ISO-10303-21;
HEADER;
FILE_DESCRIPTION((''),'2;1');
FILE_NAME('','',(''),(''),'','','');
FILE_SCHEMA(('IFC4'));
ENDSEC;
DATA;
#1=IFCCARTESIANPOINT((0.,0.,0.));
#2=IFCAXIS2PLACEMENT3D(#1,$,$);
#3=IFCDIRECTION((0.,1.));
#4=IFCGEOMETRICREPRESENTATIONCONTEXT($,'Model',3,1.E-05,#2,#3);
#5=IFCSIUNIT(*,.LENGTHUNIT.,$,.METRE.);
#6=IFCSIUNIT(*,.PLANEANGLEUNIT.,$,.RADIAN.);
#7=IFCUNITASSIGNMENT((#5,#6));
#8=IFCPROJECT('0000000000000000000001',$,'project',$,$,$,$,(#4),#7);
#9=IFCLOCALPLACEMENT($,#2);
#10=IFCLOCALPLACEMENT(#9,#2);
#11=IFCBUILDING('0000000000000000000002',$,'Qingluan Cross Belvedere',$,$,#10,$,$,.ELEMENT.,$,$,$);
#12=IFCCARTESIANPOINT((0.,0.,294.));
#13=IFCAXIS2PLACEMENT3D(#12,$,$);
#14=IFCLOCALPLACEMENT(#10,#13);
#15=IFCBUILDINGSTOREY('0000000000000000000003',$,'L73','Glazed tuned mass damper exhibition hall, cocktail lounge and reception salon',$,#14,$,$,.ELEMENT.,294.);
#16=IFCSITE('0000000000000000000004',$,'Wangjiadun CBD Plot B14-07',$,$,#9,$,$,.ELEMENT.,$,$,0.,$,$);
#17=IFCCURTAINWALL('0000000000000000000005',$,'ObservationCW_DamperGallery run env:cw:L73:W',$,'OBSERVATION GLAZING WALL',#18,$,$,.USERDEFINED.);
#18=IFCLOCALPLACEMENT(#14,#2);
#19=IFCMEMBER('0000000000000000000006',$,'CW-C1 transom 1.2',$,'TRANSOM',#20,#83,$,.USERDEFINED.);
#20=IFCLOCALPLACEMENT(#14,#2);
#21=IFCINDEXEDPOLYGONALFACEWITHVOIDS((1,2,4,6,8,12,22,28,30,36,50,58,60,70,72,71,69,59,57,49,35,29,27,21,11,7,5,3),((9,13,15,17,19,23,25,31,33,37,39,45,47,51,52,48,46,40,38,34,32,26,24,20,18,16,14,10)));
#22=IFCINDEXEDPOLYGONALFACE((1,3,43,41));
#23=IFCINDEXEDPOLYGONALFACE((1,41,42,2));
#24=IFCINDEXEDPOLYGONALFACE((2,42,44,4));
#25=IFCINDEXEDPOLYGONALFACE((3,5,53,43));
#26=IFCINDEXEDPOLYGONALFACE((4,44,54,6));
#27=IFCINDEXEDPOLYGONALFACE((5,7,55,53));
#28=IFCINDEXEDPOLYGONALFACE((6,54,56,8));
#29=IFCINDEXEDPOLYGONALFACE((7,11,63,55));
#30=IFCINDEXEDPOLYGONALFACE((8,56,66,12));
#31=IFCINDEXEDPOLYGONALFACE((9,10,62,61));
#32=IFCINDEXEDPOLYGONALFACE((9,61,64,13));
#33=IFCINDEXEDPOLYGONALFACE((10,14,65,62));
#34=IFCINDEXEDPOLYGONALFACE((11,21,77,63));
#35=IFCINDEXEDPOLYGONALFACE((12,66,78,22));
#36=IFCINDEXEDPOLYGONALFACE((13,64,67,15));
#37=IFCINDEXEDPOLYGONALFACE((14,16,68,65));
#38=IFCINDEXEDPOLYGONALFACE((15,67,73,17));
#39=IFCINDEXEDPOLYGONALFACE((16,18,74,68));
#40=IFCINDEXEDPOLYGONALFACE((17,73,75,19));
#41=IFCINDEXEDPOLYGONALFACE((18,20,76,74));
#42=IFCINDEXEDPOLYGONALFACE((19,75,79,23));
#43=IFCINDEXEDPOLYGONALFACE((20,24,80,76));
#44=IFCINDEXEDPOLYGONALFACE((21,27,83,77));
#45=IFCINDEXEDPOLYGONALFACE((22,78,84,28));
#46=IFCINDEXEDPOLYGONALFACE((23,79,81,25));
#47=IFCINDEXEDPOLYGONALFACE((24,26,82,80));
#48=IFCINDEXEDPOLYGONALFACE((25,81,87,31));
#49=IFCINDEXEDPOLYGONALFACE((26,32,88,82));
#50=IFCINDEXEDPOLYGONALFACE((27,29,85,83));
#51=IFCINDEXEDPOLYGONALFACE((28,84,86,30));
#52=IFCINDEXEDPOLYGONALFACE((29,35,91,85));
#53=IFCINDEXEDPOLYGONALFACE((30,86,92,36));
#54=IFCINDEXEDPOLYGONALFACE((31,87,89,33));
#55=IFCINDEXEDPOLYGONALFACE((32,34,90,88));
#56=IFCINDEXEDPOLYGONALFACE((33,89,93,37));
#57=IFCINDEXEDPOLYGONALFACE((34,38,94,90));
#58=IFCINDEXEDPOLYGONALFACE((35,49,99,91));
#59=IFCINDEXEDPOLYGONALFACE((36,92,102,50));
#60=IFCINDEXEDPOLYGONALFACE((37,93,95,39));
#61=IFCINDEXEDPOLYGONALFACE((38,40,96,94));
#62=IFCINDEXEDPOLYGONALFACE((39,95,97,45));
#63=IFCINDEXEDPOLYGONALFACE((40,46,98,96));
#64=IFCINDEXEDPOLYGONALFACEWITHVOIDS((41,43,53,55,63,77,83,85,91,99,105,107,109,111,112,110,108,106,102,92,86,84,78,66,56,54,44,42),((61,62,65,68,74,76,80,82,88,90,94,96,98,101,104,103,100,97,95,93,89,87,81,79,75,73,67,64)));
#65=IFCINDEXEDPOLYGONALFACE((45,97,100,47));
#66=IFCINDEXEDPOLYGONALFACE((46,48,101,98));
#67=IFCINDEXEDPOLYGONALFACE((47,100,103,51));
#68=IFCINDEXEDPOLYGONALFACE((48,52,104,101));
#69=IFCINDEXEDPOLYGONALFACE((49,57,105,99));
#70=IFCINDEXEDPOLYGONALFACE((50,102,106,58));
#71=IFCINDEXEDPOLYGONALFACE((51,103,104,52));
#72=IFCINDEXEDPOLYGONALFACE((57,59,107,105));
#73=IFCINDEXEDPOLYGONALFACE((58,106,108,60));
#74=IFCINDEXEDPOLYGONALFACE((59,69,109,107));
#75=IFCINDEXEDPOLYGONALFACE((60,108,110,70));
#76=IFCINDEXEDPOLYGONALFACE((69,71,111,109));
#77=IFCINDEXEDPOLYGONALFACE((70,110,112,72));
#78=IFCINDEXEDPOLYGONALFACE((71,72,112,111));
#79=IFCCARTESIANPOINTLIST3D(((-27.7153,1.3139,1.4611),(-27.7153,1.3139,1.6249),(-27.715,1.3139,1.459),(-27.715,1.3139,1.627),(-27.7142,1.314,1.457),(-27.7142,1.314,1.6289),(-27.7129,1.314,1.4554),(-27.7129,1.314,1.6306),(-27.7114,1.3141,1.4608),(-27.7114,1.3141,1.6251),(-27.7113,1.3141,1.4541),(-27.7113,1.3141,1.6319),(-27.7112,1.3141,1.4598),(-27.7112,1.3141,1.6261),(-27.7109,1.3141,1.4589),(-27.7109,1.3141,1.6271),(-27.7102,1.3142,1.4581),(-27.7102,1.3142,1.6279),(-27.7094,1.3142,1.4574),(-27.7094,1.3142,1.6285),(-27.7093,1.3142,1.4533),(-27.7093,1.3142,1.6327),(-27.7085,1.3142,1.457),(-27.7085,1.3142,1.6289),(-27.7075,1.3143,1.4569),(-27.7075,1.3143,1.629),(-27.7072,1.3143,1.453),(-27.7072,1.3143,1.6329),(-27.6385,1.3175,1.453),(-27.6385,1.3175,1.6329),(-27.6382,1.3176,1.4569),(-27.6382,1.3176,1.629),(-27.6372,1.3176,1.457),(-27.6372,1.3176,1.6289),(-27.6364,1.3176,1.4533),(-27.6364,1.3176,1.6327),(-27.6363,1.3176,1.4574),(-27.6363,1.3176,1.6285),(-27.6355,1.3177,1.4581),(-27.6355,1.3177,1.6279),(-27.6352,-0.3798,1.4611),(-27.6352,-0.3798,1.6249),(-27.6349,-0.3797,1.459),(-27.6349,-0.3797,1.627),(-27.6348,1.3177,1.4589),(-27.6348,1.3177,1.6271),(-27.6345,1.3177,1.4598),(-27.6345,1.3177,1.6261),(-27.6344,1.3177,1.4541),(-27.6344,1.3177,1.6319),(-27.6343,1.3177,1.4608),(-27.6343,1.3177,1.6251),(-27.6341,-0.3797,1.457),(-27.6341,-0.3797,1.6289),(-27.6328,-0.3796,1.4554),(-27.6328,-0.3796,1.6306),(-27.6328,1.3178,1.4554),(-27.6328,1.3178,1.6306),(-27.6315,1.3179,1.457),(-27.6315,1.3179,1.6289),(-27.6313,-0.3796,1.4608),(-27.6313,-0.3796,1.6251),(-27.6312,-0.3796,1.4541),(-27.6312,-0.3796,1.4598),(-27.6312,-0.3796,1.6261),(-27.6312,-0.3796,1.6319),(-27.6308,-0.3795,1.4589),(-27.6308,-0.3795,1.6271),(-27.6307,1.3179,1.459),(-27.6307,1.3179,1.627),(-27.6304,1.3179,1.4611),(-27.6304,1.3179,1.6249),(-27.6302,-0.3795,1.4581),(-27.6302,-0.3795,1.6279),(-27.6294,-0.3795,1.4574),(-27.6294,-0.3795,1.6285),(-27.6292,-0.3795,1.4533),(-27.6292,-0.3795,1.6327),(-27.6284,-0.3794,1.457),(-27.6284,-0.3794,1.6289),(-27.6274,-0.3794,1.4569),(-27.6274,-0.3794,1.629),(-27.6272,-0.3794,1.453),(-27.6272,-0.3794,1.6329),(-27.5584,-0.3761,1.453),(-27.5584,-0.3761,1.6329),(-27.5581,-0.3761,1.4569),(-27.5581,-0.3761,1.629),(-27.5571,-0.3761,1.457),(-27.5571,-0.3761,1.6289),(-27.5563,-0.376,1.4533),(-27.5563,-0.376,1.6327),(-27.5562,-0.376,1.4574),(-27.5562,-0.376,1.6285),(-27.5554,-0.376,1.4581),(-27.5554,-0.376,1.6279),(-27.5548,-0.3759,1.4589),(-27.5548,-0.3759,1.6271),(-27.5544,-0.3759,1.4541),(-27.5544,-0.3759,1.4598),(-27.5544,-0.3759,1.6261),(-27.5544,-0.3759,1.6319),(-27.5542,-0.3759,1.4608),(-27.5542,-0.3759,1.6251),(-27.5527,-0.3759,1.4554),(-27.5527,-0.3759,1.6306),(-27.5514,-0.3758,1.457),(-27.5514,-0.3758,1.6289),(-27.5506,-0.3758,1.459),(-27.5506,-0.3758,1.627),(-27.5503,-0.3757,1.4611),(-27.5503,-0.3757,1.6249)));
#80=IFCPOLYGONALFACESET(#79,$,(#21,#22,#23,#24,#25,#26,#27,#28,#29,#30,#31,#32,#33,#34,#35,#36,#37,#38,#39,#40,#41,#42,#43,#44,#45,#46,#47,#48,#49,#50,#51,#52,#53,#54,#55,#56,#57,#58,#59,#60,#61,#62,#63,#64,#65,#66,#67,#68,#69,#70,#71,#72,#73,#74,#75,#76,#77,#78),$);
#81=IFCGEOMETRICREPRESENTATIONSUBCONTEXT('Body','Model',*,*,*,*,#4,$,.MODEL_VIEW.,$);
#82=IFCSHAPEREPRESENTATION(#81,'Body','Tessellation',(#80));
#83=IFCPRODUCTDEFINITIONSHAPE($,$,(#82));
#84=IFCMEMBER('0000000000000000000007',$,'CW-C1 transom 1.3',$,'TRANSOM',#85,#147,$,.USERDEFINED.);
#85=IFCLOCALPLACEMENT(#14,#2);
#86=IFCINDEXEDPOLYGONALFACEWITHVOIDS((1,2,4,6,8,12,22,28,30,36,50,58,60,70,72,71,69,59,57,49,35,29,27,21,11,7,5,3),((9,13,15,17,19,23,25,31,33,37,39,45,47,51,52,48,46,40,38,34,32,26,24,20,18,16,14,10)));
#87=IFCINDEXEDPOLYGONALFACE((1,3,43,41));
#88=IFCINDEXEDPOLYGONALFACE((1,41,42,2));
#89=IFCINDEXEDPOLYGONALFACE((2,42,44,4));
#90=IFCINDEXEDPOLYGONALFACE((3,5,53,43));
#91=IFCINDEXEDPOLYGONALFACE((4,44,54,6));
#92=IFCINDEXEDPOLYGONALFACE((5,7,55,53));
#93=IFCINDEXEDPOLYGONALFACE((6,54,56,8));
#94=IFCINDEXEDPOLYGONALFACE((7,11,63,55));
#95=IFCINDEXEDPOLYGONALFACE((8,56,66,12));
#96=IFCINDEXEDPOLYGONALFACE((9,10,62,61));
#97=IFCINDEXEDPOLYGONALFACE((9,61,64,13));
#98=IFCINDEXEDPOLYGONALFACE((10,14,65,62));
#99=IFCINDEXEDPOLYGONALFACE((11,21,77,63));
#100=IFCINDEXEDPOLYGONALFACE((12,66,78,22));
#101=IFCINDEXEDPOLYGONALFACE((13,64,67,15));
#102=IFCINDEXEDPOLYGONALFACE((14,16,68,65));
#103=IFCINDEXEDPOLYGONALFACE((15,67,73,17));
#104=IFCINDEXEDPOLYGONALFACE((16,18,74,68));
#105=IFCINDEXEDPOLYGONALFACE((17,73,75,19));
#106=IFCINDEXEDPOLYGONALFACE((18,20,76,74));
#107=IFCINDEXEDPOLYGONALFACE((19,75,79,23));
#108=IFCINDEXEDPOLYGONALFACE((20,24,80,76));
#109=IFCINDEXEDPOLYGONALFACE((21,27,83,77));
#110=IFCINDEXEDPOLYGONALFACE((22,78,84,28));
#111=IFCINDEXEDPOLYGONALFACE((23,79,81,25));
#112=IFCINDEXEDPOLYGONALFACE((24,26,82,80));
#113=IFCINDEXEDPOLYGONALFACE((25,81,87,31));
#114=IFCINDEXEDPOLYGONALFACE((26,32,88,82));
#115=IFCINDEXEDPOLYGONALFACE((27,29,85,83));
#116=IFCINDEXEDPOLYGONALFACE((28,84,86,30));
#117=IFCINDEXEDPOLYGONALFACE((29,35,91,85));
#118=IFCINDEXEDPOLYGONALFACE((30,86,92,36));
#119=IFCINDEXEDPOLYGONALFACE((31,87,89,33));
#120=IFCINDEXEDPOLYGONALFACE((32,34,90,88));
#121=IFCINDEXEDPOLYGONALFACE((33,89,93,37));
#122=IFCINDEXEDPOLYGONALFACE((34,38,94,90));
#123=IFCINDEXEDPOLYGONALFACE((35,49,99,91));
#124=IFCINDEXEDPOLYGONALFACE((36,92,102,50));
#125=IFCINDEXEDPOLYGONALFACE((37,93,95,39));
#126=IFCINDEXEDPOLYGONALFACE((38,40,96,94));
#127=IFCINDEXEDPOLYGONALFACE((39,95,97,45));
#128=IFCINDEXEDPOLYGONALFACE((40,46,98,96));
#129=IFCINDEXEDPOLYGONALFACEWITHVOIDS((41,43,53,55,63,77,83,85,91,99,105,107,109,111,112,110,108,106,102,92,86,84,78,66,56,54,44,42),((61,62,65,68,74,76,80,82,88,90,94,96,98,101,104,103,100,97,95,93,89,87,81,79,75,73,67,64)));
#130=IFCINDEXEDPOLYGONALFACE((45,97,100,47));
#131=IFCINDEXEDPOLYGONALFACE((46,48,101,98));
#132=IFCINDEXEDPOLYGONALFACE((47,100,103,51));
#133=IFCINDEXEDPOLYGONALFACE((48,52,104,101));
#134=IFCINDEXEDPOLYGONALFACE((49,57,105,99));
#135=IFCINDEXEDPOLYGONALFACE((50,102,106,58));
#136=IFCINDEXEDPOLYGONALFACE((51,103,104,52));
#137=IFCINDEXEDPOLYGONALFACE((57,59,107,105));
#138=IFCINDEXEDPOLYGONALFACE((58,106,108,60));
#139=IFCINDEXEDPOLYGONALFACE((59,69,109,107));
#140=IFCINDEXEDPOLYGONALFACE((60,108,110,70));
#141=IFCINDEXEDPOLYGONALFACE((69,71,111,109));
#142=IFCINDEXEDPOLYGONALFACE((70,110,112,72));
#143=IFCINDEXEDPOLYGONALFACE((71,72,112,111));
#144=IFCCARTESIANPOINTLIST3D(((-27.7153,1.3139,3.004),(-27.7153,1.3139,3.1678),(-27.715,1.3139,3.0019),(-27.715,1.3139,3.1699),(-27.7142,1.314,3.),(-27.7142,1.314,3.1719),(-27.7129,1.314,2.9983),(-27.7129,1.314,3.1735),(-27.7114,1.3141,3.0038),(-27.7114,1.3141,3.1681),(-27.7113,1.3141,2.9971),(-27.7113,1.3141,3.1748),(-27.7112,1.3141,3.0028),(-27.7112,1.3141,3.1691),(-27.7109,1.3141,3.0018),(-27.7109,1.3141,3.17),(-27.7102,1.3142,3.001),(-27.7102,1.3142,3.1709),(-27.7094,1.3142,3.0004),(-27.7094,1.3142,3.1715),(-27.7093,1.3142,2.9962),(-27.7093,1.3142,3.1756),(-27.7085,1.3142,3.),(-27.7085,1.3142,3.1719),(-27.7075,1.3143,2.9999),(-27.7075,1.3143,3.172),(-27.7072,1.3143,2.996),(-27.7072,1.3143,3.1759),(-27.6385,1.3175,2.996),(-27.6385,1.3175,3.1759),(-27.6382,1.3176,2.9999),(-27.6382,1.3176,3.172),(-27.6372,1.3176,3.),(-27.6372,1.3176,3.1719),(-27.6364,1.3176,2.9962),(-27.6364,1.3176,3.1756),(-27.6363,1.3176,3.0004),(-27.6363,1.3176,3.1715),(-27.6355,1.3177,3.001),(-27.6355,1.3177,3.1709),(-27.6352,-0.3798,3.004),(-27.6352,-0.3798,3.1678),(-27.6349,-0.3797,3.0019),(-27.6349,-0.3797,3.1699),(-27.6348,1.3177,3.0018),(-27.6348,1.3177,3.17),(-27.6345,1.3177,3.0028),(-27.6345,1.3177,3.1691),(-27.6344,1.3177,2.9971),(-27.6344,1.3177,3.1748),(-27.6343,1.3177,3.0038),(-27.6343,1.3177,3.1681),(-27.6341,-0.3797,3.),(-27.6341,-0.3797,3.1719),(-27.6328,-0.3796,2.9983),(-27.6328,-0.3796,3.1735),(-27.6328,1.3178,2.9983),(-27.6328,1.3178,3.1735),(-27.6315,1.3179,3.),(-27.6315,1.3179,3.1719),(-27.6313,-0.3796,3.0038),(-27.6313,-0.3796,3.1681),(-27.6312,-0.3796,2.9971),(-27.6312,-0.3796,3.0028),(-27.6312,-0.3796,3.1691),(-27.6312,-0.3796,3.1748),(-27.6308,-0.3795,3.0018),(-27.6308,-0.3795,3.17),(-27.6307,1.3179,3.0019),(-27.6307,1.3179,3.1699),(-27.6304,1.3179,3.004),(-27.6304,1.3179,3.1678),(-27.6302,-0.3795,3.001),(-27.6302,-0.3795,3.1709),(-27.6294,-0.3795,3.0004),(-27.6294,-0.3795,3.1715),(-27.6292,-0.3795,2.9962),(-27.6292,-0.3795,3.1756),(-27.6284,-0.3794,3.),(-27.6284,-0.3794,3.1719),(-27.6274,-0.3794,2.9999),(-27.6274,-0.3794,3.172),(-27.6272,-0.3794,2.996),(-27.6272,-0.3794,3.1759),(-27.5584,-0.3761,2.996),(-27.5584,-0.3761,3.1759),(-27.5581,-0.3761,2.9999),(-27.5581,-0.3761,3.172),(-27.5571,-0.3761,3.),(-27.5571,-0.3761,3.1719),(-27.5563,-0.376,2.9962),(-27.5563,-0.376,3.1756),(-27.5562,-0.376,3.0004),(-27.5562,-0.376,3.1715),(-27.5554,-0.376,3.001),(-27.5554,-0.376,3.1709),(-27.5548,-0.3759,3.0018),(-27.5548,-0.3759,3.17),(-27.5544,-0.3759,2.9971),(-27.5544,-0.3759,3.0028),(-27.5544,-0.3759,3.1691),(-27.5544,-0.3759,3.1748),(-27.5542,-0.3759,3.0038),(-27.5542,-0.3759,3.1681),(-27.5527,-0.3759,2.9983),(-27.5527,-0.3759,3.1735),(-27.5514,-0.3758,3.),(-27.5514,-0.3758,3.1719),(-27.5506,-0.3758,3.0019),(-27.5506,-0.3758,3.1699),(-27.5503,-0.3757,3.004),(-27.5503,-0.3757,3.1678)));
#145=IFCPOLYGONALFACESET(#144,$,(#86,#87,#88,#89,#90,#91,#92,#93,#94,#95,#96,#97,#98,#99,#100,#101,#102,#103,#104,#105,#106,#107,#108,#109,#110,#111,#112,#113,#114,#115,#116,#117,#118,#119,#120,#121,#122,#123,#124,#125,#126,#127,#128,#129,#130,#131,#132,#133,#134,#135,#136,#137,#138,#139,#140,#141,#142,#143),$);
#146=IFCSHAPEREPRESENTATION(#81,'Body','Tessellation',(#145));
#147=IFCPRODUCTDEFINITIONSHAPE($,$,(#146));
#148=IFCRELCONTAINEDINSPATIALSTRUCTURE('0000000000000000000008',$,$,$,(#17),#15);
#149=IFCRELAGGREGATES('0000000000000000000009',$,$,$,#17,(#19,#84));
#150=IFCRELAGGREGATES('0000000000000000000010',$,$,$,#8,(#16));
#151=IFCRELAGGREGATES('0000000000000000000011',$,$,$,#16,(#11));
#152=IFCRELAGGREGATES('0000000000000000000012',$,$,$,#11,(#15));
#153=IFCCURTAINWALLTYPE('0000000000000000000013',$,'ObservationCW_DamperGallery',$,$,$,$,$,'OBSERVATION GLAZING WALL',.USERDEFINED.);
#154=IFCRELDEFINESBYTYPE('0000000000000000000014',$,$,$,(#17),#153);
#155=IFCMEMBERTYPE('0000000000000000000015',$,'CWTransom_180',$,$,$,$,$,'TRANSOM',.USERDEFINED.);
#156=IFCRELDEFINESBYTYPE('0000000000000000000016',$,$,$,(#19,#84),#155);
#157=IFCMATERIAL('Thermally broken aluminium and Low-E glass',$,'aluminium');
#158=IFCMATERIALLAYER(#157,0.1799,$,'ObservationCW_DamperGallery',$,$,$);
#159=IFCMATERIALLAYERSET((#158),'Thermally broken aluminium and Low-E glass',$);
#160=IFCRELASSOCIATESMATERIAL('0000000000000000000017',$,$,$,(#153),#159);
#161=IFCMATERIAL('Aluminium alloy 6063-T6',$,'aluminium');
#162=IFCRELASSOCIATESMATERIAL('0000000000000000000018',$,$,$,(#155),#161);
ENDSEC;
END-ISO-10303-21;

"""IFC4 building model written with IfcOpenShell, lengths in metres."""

from ifc_helpers import new_model, si_unit, direction, frame, origin, origin_2d, place, context, subcontext, project, spatial, hollow_rectangle, extrude, material, layer, layer_set, material_profile, profile_set, type_object, element, aggregate, save


model = new_model("IFC4")

# Units and contexts
model_context = context("Model", 3, precision=1e-05, world=origin(), true_north=direction((0.0, 1.0)))
body_context = subcontext(model_context, "Body", "Model", "MODEL_VIEW")
ifc_project = project(units=[si_unit("LENGTHUNIT", "METRE"), si_unit("PLANEANGLEUNIT", "RADIAN")], contexts=[model_context])

# Site, building, storey
site_placement = place(None, origin())
site = spatial("IfcSite", under=ifc_project, at=site_placement, Name="Wangjiadun CBD Plot B14-07", CompositionType="ELEMENT", RefElevation=0.0)
building_placement = place(site_placement, origin())
building = spatial("IfcBuilding", under=site, at=building_placement, Name="Qingluan Cross Belvedere", CompositionType="ELEMENT")
storey_placement = place(building_placement, frame((0.0, 0.0, 294.0)))
storey = spatial("IfcBuildingStorey", under=building, at=storey_placement, Name="L73", Description="Glazed tuned mass damper exhibition hall, cocktail lounge and reception salon", CompositionType="ELEMENT", Elevation=294.0)

# Curtain wall, members
ifc_material_1 = material(Name="Thermally broken aluminium and Low-E glass", Category="aluminium")
ifc_layer_1 = layer(ifc_material_1, 0.1799, Name="ObservationCW_DamperGallery")
ifc_layer_set_1 = layer_set([ifc_layer_1], Name="Thermally broken aluminium and Low-E glass")
curtain_wall_type = type_object("IfcCurtainWallType", Name="ObservationCW_DamperGallery", ElementType="OBSERVATION GLAZING WALL", PredefinedType="USERDEFINED", material=ifc_layer_set_1)
curtain_wall_placement = place(storey_placement, origin())
curtain_wall = element("IfcCurtainWall", 1, at=curtain_wall_placement, inside=storey, type_object=curtain_wall_type, Name="ObservationCW_DamperGallery run env:cw:L73:W", ObjectType="OBSERVATION GLAZING WALL", PredefinedType="USERDEFINED")
ifc_material_2 = material(Name="Aluminium alloy 6063-T6", Category="aluminium")
ifc_material_profile_1 = material_profile(ifc_material_2, hollow_rectangle(XDim=0.085, YDim=0.1799, WallThickness=0.0039, InnerFilletRadius=0.0039, OuterFilletRadius=0.0081, at=origin_2d()), Name="CWT180x85x4")
ifc_profile_set_1 = profile_set([ifc_material_profile_1], Name="Aluminium alloy 6063-T6")
member_type_1 = type_object("IfcMemberType", Name="CWTransom_180", ElementType="TRANSOM", PredefinedType="USERDEFINED", material=ifc_profile_set_1)
member_1_placement = place(storey_placement, frame((-27.6729, 1.3159, 1.543), z_axis=(0.04723, -0.998884, 0.0), x_axis=(0.998884, 0.04723, 0.0)))
member_1 = element("IfcMember", 2, at=member_1_placement, type_object=member_type_1, Name="CW-C1 transom 1.2", ObjectType="TRANSOM", PredefinedType="USERDEFINED", context=body_context, shape_type="SweptSolid", body=[
    extrude(hollow_rectangle(XDim=0.085, YDim=0.1799, WallThickness=0.0039, InnerFilletRadius=0.0039, OuterFilletRadius=0.0081, at=origin_2d()), origin(), (0.0, 0.0, 1.0), 1.6956),
])
member_2_placement = place(storey_placement, frame((-27.6729, 1.3159, 3.0859), z_axis=(0.04723, -0.998884, 0.0), x_axis=(0.998884, 0.04723, 0.0)))
member_2 = element("IfcMember", 3, at=member_2_placement, type_object=member_type_1, Name="CW-C1 transom 1.3", ObjectType="TRANSOM", PredefinedType="USERDEFINED", context=body_context, shape_type="SweptSolid", body=[
    extrude(hollow_rectangle(XDim=0.085, YDim=0.1799, WallThickness=0.0039, InnerFilletRadius=0.0039, OuterFilletRadius=0.0081, at=origin_2d()), origin(), (0.0, 0.0, 1.0), 1.6956),
])

aggregate(curtain_wall, [member_1, member_2])

save(model, "model.ifc")
